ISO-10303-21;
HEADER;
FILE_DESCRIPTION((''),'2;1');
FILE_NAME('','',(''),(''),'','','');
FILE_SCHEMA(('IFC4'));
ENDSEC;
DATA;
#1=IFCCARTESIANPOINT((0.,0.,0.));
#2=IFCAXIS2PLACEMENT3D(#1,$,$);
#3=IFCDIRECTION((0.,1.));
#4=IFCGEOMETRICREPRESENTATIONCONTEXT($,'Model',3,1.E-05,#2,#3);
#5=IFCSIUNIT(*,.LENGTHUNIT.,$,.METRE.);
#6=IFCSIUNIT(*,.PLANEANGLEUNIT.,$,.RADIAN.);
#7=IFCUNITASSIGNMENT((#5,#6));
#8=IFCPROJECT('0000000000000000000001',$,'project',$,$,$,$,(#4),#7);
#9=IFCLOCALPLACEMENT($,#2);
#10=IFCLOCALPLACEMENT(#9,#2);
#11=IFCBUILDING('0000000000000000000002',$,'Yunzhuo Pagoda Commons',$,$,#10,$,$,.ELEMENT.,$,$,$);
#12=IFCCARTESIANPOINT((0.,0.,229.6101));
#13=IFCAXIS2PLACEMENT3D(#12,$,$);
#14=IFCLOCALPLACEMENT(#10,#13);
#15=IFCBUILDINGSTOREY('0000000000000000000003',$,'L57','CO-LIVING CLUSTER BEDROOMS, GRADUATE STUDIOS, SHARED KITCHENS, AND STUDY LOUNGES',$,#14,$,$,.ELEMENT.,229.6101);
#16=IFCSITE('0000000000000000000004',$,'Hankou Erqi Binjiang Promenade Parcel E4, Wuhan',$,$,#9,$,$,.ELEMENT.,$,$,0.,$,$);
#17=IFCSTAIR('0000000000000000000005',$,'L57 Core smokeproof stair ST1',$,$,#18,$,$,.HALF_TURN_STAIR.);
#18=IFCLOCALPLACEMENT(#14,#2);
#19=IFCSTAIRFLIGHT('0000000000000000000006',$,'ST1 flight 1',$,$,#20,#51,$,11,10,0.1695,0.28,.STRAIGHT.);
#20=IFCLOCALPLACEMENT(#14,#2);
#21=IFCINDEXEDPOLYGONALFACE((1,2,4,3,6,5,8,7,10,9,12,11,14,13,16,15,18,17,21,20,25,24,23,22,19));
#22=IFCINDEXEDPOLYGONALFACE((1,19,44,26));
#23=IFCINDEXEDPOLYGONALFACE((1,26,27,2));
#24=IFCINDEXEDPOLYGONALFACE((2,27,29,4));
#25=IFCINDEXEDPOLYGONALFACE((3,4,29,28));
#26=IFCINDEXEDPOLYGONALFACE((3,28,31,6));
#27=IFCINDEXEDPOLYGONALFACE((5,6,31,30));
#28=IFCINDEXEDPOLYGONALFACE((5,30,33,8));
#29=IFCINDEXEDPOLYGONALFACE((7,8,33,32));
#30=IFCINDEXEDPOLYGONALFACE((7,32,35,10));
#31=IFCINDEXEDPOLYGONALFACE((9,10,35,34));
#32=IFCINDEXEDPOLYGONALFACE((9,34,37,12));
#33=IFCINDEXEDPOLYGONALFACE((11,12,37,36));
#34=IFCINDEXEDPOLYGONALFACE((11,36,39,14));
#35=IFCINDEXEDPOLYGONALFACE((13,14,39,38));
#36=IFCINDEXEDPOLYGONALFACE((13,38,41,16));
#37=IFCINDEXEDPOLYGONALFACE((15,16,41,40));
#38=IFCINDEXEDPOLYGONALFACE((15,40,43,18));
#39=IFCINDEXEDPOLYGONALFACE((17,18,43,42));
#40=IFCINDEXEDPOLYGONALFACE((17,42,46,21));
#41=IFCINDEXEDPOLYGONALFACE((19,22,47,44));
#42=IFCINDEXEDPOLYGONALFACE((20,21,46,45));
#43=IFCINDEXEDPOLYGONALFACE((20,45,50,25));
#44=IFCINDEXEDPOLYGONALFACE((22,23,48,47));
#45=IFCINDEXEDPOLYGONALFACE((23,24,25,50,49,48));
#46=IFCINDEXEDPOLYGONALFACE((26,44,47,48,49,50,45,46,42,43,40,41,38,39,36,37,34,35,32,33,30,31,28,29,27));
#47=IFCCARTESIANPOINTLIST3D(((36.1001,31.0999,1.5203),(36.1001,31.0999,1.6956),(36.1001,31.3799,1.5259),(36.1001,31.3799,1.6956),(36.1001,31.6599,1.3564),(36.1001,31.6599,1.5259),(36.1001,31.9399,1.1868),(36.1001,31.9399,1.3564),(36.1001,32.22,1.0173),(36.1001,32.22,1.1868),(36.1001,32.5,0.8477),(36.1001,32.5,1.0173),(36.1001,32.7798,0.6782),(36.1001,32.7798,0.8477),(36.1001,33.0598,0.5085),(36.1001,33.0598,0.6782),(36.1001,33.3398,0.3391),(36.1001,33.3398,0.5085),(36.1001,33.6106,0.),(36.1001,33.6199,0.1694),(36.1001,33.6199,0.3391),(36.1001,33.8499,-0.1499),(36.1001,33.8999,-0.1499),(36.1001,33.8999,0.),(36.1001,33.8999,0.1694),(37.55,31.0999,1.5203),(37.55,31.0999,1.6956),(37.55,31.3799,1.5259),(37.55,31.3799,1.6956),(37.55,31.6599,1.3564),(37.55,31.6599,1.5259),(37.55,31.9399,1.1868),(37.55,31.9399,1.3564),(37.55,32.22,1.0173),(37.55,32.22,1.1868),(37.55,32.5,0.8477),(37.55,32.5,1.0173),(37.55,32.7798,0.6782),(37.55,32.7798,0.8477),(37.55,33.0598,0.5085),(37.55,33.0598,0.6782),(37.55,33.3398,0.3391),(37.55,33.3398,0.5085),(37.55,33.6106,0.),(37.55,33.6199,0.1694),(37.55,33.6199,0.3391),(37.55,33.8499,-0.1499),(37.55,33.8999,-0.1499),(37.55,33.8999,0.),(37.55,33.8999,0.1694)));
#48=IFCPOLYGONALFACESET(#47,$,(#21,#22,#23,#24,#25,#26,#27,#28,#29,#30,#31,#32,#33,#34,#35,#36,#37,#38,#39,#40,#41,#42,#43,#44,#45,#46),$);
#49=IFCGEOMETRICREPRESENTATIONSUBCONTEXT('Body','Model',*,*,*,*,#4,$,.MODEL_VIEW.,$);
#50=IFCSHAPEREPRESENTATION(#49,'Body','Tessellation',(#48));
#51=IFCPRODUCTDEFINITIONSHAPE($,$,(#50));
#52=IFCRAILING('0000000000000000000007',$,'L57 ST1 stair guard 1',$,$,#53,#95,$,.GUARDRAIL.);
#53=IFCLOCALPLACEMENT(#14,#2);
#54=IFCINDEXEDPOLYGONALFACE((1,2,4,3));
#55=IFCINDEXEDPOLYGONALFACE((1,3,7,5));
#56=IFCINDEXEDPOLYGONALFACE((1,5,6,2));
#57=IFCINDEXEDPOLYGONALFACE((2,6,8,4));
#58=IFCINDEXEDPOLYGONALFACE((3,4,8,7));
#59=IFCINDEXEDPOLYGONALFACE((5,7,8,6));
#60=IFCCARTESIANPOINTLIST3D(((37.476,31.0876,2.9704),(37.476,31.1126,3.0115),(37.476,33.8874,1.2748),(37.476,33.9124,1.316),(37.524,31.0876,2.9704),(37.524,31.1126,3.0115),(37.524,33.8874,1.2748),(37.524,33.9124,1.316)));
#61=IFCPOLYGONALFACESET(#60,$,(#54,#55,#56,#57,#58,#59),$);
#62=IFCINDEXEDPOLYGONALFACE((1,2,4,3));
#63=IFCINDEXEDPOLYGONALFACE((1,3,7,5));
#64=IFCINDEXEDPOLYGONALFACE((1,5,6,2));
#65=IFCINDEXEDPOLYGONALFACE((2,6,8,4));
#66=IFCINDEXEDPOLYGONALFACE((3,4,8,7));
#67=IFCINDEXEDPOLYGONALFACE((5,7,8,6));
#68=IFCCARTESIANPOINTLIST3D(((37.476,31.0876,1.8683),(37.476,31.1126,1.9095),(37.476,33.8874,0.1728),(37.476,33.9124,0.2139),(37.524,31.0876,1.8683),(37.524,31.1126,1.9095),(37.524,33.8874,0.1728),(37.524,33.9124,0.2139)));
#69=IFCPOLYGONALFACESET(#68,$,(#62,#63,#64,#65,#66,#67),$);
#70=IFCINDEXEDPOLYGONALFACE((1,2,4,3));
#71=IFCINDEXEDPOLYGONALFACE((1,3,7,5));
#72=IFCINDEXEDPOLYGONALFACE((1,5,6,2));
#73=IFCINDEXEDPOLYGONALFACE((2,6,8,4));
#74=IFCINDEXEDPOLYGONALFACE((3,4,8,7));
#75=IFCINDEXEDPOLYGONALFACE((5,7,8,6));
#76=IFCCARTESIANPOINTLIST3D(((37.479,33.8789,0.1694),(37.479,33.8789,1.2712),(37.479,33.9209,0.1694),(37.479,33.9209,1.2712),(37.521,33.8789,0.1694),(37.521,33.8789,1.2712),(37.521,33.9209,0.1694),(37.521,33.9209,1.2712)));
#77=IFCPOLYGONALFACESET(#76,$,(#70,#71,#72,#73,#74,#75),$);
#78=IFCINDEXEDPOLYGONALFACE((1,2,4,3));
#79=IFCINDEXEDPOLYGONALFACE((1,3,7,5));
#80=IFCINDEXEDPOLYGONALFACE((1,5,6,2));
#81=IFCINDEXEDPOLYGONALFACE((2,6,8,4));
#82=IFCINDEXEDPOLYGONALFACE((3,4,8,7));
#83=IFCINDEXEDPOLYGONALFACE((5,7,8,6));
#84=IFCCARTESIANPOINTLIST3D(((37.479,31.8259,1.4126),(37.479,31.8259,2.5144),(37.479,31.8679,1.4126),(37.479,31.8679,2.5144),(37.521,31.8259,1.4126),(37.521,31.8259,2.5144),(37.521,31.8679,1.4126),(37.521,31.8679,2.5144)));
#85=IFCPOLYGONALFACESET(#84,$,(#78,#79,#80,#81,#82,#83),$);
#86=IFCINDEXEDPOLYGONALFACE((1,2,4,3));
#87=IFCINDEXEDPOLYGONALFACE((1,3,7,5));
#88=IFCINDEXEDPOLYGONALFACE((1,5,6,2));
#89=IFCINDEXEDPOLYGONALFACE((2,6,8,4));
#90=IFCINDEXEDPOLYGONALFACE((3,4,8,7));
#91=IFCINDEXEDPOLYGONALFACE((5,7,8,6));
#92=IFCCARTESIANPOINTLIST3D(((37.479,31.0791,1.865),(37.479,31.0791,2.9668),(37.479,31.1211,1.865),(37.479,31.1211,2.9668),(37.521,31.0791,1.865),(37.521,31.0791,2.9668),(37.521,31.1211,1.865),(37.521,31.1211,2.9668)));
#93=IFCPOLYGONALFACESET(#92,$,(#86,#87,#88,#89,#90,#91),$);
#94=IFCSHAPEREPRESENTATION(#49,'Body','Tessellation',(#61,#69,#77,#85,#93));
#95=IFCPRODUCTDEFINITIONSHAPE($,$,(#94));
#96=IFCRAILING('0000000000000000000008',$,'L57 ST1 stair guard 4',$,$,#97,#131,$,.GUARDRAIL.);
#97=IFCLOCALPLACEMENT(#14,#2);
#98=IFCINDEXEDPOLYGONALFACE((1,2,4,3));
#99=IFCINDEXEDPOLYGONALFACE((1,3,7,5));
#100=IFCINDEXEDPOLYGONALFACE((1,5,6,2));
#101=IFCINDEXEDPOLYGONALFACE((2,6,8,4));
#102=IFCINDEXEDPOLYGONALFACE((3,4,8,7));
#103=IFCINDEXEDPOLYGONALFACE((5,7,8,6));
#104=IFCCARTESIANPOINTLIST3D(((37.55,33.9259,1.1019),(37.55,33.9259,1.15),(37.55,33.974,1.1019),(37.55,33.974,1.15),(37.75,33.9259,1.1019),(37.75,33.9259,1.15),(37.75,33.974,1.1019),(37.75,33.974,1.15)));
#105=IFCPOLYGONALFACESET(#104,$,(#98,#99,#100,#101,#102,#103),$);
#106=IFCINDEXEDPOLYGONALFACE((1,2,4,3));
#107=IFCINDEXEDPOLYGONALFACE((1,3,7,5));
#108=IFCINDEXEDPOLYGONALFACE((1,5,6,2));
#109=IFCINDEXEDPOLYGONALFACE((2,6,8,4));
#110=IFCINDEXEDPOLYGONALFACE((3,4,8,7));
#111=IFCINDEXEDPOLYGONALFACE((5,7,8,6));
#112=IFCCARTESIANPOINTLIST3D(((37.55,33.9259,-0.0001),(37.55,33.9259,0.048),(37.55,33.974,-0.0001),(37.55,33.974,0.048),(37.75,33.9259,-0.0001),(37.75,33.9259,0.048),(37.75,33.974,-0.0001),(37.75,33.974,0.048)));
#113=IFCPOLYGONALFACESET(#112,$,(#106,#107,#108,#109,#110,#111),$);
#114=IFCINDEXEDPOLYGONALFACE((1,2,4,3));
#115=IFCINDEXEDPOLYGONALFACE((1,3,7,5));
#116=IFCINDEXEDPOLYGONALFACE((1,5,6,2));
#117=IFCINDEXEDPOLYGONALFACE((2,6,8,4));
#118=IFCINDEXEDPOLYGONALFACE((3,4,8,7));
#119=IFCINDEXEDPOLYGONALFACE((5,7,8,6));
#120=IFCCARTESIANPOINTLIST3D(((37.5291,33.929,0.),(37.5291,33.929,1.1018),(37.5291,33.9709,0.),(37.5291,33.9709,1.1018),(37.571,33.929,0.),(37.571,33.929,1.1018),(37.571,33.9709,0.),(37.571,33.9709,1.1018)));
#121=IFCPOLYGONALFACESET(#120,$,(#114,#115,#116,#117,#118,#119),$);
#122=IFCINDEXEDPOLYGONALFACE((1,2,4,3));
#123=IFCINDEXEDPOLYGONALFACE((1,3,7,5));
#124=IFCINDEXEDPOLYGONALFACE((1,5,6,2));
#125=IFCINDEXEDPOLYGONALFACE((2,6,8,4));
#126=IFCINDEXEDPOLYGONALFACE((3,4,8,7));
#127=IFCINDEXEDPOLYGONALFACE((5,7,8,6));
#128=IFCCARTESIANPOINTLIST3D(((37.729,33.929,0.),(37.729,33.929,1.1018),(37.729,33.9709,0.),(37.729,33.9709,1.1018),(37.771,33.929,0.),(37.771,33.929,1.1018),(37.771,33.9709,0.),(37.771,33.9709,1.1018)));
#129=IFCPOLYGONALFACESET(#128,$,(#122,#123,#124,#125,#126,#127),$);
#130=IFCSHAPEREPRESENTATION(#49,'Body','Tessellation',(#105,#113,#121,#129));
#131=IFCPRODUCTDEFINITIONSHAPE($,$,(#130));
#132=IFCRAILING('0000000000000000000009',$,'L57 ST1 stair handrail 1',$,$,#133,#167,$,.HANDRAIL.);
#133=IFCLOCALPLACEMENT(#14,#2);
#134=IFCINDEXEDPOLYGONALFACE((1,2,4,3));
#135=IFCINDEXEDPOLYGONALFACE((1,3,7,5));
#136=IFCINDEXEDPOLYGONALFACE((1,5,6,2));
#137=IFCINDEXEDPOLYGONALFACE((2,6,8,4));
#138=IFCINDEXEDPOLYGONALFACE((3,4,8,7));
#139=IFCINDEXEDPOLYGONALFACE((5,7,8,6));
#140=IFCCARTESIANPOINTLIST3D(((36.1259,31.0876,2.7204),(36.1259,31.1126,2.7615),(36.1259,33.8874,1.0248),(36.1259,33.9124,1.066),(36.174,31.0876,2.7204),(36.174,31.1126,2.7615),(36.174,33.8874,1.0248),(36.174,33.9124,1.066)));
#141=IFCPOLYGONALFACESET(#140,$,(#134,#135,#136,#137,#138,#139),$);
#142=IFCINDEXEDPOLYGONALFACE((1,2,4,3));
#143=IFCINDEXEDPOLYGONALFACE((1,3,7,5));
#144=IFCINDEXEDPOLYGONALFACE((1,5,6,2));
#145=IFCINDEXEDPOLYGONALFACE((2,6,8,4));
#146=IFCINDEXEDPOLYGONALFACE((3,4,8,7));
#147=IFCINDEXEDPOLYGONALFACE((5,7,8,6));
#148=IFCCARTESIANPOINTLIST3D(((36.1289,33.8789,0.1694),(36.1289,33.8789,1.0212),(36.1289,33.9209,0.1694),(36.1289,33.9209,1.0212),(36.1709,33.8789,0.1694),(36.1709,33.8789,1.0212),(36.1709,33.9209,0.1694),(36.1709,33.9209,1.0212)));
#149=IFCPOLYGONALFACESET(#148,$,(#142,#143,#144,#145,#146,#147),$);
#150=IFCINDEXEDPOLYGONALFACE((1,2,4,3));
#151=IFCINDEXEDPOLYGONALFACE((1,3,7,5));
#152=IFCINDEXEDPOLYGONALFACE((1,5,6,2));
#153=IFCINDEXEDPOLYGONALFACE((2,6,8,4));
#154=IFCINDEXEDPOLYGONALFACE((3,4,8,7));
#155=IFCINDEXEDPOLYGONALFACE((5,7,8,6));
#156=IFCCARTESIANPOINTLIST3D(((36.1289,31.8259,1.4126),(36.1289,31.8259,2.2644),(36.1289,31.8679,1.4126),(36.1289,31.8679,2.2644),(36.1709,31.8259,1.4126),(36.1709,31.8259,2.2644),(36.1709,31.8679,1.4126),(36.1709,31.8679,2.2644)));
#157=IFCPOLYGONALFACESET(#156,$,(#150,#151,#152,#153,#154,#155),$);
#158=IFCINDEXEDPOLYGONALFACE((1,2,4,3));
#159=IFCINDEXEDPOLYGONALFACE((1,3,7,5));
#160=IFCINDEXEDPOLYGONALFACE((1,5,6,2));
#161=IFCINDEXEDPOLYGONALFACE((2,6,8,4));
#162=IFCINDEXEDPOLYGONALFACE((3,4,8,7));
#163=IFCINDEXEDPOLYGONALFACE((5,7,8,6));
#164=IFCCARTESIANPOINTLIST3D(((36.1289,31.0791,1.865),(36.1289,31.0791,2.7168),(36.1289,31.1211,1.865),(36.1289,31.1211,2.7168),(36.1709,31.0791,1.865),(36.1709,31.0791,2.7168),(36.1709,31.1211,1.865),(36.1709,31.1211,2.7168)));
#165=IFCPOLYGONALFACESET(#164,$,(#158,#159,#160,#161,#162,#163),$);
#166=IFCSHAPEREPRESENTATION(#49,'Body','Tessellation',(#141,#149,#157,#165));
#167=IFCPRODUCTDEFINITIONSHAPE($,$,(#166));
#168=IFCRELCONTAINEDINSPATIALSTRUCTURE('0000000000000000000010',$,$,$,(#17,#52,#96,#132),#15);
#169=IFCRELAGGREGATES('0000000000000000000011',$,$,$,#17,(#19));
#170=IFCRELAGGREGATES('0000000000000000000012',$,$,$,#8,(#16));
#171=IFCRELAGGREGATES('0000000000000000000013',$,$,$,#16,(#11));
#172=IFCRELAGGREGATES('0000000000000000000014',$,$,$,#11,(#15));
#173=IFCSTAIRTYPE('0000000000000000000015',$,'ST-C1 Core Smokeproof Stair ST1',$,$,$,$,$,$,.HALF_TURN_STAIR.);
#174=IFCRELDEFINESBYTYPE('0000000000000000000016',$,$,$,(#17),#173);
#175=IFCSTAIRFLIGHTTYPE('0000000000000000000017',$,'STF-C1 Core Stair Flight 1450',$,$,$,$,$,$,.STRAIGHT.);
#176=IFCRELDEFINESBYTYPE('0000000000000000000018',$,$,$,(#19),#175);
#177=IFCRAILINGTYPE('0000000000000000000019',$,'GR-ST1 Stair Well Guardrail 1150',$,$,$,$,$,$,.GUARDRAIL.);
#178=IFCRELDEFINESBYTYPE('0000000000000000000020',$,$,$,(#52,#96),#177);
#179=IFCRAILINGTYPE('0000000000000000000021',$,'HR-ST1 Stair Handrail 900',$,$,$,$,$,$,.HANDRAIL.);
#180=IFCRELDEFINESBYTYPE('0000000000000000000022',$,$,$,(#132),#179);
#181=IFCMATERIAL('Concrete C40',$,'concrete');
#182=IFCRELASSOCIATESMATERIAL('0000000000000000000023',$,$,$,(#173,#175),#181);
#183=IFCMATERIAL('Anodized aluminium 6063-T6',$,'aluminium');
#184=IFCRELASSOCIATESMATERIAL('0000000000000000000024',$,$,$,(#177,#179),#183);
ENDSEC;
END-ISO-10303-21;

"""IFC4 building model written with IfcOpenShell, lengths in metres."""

from ifc_helpers import new_model, si_unit, direction, frame, origin, origin_2d, place, context, subcontext, project, spatial, polyline, rectangle, outline, extrude, source, transform, mapped, material, type_object, element, aggregate, save


model = new_model("IFC4")

# Units and contexts
model_context = context("Model", 3, precision=1e-05, world=origin(), true_north=direction((0.0, 1.0)))
body_context = subcontext(model_context, "Body", "Model", "MODEL_VIEW")
ifc_project = project(units=[si_unit("LENGTHUNIT", "METRE"), si_unit("PLANEANGLEUNIT", "RADIAN")], contexts=[model_context])

# Site, building, storey
site_placement = place(None, origin())
site = spatial("IfcSite", under=ifc_project, at=site_placement, Name="Hankou Erqi Binjiang Promenade Parcel E4, Wuhan", CompositionType="ELEMENT", RefElevation=0.0)
building_placement = place(site_placement, origin())
building = spatial("IfcBuilding", under=site, at=building_placement, Name="Yunzhuo Pagoda Commons", CompositionType="ELEMENT")
storey_placement = place(building_placement, frame((0.0, 0.0, 229.6101)))
storey = spatial("IfcBuildingStorey", under=building, at=storey_placement, Name="L57", Description="CO-LIVING CLUSTER BEDROOMS, GRADUATE STUDIOS, SHARED KITCHENS, AND STUDY LOUNGES", CompositionType="ELEMENT", Elevation=229.6101)

# Shared definitions
ifc_material_1 = material(Name="Concrete C40", Category="concrete")

# Stair, stair flight
stair_type = type_object("IfcStairType", Name="ST-C1 Core Smokeproof Stair ST1", PredefinedType="HALF_TURN_STAIR", material=ifc_material_1)
stair_placement = place(storey_placement, origin())
stair = element("IfcStair", 1, at=stair_placement, inside=storey, type_object=stair_type, Name="L57 Core smokeproof stair ST1", PredefinedType="HALF_TURN_STAIR")
stair_flight_type = type_object("IfcStairFlightType", Name="STF-C1 Core Stair Flight 1450", PredefinedType="STRAIGHT", material=ifc_material_1)
shared_shape_1 = source(origin(), body_context, "Body", "SweptSolid", [
    extrude(outline(polyline([(0.0, -0.1499), (0.0, 0.0), (0.0, 0.1694), (0.28, 0.1694), (0.28, 0.3391), (0.5601, 0.3391), (0.5601, 0.5085), (0.8401, 0.5085), (0.8401, 0.6782), (1.1201, 0.6782), (1.1201, 0.8477), (1.3999, 0.8477), (1.3999, 1.0173), (1.6799, 1.0173), (1.6799, 1.1868), (1.96, 1.1868), (1.96, 1.3564), (2.24, 1.3564), (2.24, 1.5259), (2.52, 1.5259), (2.52, 1.6956), (2.8, 1.6956), (2.8, 1.865), (2.8, 1.5203), (0.2893, 0.0), (0.05, -0.1499), (0.0, -0.1499)])), frame((0.0, 0.7251, 0.0), z_axis=(0.0, -1.0, 0.0), x_axis=(1.0, 0.0, 0.0)), (0.0, 0.0, 1.0), 1.45),
])
stair_flight_placement = place(storey_placement, frame((36.825, 33.8999, 0.0), z_axis=(0.0, 0.0, 1.0), x_axis=(0.0, -1.0, 0.0)))
stair_flight = element("IfcStairFlight", 2, at=stair_flight_placement, type_object=stair_flight_type, Name="ST1 flight 1", NumberOfRisers=11, NumberOfTreads=10, PredefinedType="STRAIGHT", RiserHeight=0.1695, TreadLength=0.28, context=body_context, shape_type="MappedRepresentation", body=[
    mapped(shared_shape_1, transform((0.0, 0.0, 0.0), scale=1.0)),
])
aggregate(stair, [stair_flight])

# Railings
ifc_material_2 = material(Name="Anodized aluminium 6063-T6", Category="aluminium")
railing_type_1 = type_object("IfcRailingType", Name="GR-ST1 Stair Well Guardrail 1150", PredefinedType="GUARDRAIL", material=ifc_material_2)
railing_1_placement = place(storey_placement, frame((37.5, 33.8999, 0.1694)))
element("IfcRailing", 3, at=railing_1_placement, inside=storey, type_object=railing_type_1, Name="L57 ST1 stair guard 1", PredefinedType="GUARDRAIL", context=body_context, shape_type="SweptSolid", body=[
    extrude(rectangle(XDim=0.0481, YDim=0.0481, at=origin_2d()), frame((0.0, 0.0, 1.126), z_axis=(0.0, -0.855373, 0.518012), x_axis=(1.0, 0.0, 0.0)), (0.0, 0.0, 1.0), 3.2732),
    extrude(rectangle(XDim=0.0481, YDim=0.0481, at=origin_2d()), frame((0.0, 0.0, 0.0239), z_axis=(0.0, -0.855373, 0.518012), x_axis=(1.0, 0.0, 0.0)), (0.0, 0.0, 1.0), 3.2732),
    extrude(rectangle(XDim=0.042, YDim=0.042, at=origin_2d()), origin(), (0.0, 0.0, 1.0), 1.1018),
    extrude(rectangle(XDim=0.042, YDim=0.042, at=origin_2d()), frame((0.0, -2.053, 1.2432)), (0.0, 0.0, 1.0), 1.1018),
    extrude(rectangle(XDim=0.042, YDim=0.042, at=origin_2d()), frame((0.0, -2.7998, 1.6956)), (0.0, 0.0, 1.0), 1.1018),
])
railing_2_placement = place(storey_placement, frame((37.55, 33.95, 0.0)))
element("IfcRailing", 4, at=railing_2_placement, inside=storey, type_object=railing_type_1, Name="L57 ST1 stair guard 4", PredefinedType="GUARDRAIL", context=body_context, shape_type="SweptSolid", body=[
    extrude(rectangle(XDim=0.0481, YDim=0.0481, at=origin_2d()), frame((0.0, 0.0, 1.126), z_axis=(1.0, 0.0, 0.0), x_axis=(0.0, 1.0, 0.0)), (0.0, 0.0, 1.0), 0.2),
    extrude(rectangle(XDim=0.0481, YDim=0.0481, at=origin_2d()), frame((0.0, 0.0, 0.0239), z_axis=(1.0, 0.0, 0.0), x_axis=(0.0, 1.0, 0.0)), (0.0, 0.0, 1.0), 0.2),
    extrude(rectangle(XDim=0.042, YDim=0.042, at=origin_2d()), origin(), (0.0, 0.0, 1.0), 1.1018),
    extrude(rectangle(XDim=0.042, YDim=0.042, at=origin_2d()), frame((0.2, 0.0, 0.0)), (0.0, 0.0, 1.0), 1.1018),
])
railing_type_2 = type_object("IfcRailingType", Name="HR-ST1 Stair Handrail 900", PredefinedType="HANDRAIL", material=ifc_material_2)
railing_3_placement = place(storey_placement, frame((36.1499, 33.8999, 0.1694)))
element("IfcRailing", 5, at=railing_3_placement, inside=storey, type_object=railing_type_2, Name="L57 ST1 stair handrail 1", PredefinedType="HANDRAIL", context=body_context, shape_type="SweptSolid", body=[
    extrude(rectangle(XDim=0.0481, YDim=0.0481, at=origin_2d()), frame((0.0, 0.0, 0.876), z_axis=(0.0, -0.855373, 0.518012), x_axis=(1.0, 0.0, 0.0)), (0.0, 0.0, 1.0), 3.2732),
    extrude(rectangle(XDim=0.042, YDim=0.042, at=origin_2d()), origin(), (0.0, 0.0, 1.0), 0.8518),
    extrude(rectangle(XDim=0.042, YDim=0.042, at=origin_2d()), frame((0.0, -2.053, 1.2432)), (0.0, 0.0, 1.0), 0.8518),
    extrude(rectangle(XDim=0.042, YDim=0.042, at=origin_2d()), frame((0.0, -2.7998, 1.6956)), (0.0, 0.0, 1.0), 0.8518),
])

save(model, "model.ifc")
